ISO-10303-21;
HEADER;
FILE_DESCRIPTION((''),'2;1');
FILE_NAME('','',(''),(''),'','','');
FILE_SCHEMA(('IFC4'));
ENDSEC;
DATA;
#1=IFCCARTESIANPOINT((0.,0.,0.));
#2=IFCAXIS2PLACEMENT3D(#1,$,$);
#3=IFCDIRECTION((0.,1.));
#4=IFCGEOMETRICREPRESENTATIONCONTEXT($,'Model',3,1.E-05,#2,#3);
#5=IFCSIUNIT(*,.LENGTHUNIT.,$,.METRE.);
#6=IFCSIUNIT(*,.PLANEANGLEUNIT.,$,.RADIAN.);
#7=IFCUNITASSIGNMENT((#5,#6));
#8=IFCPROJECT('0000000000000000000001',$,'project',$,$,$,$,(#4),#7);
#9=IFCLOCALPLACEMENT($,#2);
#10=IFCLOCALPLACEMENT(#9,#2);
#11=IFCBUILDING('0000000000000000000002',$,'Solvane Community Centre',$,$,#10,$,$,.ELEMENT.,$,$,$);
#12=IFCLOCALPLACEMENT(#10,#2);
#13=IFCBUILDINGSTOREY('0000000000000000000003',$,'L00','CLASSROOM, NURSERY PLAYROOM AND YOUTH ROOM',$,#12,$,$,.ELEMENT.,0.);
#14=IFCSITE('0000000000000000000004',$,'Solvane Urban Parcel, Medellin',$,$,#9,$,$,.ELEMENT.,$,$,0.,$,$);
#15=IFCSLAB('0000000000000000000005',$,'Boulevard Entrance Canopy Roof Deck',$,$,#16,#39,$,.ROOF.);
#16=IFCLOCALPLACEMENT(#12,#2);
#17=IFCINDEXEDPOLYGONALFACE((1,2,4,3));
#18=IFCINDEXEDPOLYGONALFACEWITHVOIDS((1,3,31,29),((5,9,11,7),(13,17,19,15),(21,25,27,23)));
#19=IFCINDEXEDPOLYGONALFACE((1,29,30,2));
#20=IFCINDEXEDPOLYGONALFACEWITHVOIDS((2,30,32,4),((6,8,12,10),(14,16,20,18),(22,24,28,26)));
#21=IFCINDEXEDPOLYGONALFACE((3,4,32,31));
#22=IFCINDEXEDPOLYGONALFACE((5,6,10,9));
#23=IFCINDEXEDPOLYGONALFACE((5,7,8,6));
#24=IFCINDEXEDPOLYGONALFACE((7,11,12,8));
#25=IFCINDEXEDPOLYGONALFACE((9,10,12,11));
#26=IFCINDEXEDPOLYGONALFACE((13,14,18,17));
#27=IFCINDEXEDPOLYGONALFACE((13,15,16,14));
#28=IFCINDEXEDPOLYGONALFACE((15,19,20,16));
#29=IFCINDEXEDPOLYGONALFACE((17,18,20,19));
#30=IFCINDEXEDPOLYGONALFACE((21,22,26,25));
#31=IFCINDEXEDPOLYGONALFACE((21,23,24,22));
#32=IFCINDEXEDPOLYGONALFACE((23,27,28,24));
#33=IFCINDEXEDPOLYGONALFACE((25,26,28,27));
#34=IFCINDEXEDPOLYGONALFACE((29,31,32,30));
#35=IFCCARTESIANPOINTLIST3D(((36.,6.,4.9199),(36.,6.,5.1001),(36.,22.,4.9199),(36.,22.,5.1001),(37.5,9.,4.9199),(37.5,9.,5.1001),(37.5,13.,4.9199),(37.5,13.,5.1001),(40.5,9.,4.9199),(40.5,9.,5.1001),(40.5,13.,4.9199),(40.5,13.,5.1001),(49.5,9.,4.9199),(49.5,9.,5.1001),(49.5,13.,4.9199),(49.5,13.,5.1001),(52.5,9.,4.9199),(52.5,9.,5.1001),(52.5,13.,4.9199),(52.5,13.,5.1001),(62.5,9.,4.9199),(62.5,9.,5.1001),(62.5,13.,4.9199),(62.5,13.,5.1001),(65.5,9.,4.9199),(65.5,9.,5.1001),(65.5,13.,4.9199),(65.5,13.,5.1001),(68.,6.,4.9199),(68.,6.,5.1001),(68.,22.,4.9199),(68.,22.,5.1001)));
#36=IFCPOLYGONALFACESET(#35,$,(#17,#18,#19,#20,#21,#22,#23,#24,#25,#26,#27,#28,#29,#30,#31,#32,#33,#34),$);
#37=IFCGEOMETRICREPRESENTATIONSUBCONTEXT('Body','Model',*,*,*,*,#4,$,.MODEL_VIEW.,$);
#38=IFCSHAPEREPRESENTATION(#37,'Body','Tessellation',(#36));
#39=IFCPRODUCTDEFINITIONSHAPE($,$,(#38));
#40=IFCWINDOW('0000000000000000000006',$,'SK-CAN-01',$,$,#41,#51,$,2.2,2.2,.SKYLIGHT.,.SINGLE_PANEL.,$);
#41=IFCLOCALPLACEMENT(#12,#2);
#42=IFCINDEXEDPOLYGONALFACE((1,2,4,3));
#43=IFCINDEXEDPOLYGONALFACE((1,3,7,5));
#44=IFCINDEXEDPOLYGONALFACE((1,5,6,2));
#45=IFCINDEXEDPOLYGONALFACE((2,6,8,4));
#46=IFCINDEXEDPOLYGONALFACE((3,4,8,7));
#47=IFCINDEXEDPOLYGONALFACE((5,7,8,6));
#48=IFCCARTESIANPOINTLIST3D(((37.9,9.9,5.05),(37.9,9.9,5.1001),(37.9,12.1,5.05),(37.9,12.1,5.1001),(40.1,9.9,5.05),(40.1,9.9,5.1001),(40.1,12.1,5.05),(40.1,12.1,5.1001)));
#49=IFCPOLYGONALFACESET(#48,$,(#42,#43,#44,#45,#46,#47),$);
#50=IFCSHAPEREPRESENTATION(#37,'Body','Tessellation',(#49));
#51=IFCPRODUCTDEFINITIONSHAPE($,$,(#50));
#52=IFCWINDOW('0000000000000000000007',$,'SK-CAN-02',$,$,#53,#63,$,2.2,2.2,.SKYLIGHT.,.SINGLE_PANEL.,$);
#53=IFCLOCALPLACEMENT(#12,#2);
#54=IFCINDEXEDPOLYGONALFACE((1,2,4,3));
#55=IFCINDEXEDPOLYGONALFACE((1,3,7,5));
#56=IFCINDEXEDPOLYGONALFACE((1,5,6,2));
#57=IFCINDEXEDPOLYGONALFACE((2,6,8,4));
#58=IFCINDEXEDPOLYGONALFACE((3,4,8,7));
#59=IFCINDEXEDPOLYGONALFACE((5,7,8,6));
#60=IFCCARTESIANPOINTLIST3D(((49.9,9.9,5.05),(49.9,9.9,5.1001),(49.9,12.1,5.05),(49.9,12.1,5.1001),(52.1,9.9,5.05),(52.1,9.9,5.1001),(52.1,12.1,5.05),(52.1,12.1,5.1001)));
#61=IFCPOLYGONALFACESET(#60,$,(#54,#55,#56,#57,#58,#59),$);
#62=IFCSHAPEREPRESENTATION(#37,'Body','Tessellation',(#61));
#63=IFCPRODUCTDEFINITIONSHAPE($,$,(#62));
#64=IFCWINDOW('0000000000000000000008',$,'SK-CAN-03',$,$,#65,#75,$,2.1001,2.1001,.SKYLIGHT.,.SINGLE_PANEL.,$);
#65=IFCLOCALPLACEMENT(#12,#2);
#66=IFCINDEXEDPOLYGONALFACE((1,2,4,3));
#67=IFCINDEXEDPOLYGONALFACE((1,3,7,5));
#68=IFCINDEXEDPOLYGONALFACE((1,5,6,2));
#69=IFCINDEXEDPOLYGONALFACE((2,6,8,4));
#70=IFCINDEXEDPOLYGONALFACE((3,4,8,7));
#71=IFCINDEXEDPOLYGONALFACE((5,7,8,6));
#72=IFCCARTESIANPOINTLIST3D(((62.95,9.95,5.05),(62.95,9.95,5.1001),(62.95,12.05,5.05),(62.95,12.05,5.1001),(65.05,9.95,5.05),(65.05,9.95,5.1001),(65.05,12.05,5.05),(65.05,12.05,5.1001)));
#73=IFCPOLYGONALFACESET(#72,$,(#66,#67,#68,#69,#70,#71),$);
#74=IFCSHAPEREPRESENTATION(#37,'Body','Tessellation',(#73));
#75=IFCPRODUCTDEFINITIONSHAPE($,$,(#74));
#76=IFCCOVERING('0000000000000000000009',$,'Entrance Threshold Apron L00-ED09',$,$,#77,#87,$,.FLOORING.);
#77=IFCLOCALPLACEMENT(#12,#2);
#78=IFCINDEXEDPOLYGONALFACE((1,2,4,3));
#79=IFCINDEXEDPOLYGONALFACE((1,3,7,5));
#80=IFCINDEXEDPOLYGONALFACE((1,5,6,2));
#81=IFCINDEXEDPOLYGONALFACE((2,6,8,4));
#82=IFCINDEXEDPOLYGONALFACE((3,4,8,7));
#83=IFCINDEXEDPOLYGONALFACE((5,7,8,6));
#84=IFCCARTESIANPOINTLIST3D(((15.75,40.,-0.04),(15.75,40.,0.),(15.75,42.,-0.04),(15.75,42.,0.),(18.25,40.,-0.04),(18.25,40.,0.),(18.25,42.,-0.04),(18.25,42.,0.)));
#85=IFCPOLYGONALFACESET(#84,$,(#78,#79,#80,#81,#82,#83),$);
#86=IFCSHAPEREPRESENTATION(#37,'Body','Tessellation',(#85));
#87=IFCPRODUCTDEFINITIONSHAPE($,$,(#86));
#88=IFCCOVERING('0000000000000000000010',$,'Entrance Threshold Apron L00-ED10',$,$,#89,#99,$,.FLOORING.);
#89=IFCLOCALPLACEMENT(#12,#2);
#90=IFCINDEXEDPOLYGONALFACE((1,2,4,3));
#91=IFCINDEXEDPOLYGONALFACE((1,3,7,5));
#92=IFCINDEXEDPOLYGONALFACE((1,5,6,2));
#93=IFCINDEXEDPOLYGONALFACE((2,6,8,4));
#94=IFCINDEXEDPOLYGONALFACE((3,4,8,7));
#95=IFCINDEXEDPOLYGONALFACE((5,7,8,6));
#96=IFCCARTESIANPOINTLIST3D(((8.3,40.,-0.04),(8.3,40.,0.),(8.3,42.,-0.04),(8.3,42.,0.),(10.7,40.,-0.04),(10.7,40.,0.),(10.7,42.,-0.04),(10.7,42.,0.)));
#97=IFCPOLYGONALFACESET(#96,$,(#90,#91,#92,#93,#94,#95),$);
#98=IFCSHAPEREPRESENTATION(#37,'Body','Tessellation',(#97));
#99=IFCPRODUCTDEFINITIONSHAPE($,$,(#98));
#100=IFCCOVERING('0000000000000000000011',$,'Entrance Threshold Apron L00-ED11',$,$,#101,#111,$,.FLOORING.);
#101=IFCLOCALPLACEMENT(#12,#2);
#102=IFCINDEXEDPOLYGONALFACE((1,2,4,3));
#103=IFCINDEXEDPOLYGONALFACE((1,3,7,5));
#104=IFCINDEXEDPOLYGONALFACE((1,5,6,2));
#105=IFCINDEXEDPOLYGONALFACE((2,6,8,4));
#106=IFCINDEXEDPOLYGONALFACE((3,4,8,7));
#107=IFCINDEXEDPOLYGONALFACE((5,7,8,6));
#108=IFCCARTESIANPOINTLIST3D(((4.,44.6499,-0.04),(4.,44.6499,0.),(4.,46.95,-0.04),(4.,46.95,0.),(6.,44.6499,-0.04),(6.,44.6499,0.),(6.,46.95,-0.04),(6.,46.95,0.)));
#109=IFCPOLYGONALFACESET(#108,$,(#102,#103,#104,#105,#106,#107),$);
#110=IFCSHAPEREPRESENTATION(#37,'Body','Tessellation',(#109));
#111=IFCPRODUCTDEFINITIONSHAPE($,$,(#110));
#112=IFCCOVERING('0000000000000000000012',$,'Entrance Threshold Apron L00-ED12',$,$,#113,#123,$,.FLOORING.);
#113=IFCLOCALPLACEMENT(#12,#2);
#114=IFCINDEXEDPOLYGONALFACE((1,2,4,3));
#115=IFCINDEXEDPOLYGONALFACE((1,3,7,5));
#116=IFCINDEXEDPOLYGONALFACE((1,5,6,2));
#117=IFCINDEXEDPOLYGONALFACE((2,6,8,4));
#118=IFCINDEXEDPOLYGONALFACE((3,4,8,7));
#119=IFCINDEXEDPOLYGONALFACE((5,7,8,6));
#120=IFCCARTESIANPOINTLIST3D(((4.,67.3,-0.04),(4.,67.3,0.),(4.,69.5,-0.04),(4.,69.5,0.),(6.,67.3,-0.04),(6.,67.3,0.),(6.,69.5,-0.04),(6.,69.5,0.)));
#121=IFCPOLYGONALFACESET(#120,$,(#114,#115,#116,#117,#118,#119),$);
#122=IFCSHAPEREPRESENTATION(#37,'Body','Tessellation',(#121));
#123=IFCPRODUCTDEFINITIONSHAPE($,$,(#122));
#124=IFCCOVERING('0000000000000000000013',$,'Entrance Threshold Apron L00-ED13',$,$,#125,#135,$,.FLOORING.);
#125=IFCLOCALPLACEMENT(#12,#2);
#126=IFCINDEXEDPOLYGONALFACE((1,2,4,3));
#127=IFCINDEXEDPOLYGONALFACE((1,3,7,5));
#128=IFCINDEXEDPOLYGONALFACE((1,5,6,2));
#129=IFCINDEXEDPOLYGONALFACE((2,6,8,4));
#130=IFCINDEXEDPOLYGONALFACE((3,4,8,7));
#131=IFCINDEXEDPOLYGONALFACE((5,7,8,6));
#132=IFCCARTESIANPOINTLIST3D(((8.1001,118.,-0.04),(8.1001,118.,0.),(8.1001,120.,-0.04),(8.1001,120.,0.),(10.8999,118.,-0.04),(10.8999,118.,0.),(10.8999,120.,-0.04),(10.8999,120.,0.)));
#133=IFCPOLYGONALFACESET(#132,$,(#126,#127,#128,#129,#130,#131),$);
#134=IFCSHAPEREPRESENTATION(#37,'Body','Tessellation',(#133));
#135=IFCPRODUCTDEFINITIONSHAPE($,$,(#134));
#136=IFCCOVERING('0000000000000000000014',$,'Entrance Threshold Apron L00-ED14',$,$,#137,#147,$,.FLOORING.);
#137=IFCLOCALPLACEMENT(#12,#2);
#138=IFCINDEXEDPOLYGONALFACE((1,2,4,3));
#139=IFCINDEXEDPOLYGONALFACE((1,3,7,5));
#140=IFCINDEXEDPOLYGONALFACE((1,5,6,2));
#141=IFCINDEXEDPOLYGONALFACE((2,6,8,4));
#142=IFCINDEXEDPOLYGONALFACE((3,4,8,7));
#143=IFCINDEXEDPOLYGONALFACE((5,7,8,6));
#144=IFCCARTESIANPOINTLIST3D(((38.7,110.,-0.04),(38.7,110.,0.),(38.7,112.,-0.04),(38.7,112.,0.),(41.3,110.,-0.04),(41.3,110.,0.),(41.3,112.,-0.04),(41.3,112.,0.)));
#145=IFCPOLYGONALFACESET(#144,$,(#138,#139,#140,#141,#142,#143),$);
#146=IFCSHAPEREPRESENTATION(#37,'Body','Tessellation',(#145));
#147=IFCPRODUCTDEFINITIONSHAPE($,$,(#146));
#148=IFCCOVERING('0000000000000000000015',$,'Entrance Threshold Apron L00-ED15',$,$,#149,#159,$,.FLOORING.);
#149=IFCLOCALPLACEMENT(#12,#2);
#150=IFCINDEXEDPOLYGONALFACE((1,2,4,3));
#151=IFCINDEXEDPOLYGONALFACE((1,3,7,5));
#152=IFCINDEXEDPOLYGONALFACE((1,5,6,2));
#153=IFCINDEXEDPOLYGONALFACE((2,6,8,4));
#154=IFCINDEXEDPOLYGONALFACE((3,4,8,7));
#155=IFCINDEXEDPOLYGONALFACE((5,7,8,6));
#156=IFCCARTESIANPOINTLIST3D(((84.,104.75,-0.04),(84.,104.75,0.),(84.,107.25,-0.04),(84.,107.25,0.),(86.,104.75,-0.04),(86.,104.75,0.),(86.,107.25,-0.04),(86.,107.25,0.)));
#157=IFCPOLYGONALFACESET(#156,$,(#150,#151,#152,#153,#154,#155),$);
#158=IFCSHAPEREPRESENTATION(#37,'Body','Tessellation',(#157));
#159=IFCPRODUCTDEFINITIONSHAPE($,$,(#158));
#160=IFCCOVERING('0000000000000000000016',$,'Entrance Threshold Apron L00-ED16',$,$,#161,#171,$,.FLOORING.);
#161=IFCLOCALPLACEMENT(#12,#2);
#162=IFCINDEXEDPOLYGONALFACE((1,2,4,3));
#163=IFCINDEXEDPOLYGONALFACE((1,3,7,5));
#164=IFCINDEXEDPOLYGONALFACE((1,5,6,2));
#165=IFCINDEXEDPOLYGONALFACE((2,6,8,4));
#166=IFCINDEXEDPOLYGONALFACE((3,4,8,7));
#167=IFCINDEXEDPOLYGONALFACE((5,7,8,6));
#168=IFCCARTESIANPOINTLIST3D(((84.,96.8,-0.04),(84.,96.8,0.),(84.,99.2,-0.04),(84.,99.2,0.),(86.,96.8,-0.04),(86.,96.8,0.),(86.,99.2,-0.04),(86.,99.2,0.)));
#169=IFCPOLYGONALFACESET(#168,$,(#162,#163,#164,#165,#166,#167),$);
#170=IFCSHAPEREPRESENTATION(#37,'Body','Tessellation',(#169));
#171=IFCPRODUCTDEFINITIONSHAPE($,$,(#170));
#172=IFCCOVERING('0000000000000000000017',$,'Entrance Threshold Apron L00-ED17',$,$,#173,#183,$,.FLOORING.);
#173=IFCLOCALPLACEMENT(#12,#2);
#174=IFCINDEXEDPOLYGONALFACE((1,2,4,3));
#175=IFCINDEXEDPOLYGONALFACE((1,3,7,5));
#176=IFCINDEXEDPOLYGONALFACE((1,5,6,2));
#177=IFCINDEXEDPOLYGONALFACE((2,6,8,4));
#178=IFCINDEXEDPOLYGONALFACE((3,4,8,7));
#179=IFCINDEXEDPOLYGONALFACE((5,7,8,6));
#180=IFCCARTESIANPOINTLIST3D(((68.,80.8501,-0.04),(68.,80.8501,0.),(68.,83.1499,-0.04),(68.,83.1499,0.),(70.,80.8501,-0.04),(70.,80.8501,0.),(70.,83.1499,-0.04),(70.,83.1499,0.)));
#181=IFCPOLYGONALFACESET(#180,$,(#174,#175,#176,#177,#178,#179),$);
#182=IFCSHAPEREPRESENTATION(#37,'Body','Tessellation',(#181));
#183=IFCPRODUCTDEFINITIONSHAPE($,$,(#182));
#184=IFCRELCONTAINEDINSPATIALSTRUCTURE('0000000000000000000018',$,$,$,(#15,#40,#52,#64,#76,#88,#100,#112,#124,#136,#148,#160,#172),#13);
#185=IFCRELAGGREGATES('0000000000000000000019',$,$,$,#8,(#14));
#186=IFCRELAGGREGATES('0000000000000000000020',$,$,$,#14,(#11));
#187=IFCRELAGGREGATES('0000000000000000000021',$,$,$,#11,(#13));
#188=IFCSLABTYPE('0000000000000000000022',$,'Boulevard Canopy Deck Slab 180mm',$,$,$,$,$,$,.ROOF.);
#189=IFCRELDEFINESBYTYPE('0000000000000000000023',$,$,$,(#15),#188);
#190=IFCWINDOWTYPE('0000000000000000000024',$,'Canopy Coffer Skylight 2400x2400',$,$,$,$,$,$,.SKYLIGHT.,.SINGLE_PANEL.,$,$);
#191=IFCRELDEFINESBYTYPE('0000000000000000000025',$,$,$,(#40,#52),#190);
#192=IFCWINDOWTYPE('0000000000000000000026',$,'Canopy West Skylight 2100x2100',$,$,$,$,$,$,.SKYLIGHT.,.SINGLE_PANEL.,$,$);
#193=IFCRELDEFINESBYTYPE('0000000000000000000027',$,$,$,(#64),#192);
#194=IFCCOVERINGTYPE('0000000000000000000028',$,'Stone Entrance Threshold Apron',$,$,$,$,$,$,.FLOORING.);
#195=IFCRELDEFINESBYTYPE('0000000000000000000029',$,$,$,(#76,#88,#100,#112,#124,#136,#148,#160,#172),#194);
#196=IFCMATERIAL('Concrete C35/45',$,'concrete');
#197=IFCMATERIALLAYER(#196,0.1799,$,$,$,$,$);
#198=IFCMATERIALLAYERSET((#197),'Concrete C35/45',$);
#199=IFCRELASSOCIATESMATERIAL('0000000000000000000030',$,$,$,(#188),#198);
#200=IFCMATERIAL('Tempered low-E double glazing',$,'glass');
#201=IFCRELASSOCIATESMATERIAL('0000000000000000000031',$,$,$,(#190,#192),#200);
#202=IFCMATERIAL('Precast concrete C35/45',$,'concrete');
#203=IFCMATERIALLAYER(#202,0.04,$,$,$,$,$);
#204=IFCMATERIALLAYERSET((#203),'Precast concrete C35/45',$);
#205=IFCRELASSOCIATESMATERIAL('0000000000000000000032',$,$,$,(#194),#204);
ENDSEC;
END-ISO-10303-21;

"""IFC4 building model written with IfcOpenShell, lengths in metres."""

from ifc_helpers import new_model, si_unit, direction, frame, origin, origin_2d, place, context, subcontext, project, spatial, polyline, rectangle, outline, extrude, material, layer, layer_set, type_object, element, fill, save


model = new_model("IFC4")

# Units and contexts
model_context = context("Model", 3, precision=1e-05, world=origin(), true_north=direction((0.0, 1.0)))
body_context = subcontext(model_context, "Body", "Model", "MODEL_VIEW")
ifc_project = project(units=[si_unit("LENGTHUNIT", "METRE"), si_unit("PLANEANGLEUNIT", "RADIAN")], contexts=[model_context])

# Site, building, storey
site_placement = place(None, origin())
site = spatial("IfcSite", under=ifc_project, at=site_placement, Name="Solvane Urban Parcel, Medellin", CompositionType="ELEMENT", RefElevation=0.0)
building_placement = place(site_placement, origin())
building = spatial("IfcBuilding", under=site, at=building_placement, Name="Solvane Community Centre", CompositionType="ELEMENT")
storey_placement = place(building_placement, origin())
storey = spatial("IfcBuildingStorey", under=building, at=storey_placement, Name="L00", Description="CLASSROOM, NURSERY PLAYROOM AND YOUTH ROOM", CompositionType="ELEMENT", Elevation=0.0)

# Slab, openings, windows
ifc_material_1 = material(Name="Concrete C35/45", Category="concrete")
ifc_layer_1 = layer(ifc_material_1, 0.1799)
ifc_layer_set_1 = layer_set([ifc_layer_1], Name="Concrete C35/45")
slab_type = type_object("IfcSlabType", Name="Boulevard Canopy Deck Slab 180mm", PredefinedType="ROOF", material=ifc_layer_set_1)
slab_placement = place(storey_placement, frame((0.0, 0.0, 4.9199)))
slab = element("IfcSlab", 1, at=slab_placement, inside=storey, type_object=slab_type, Name="Boulevard Entrance Canopy Roof Deck", PredefinedType="ROOF", context=body_context, shape_type="SweptSolid", body=[
    extrude(outline(polyline([(36.0, 6.0), (68.0, 6.0), (68.0, 22.0), (36.0, 22.0), (36.0, 6.0)]), holes=[polyline([(37.5, 9.0), (40.5, 9.0), (40.5, 13.0), (37.5, 13.0), (37.5, 9.0)]), polyline([(49.5, 9.0), (52.5, 9.0), (52.5, 13.0), (49.5, 13.0), (49.5, 9.0)]), polyline([(62.5, 9.0), (65.5, 9.0), (65.5, 13.0), (62.5, 13.0), (62.5, 9.0)])]), origin(), (0.0, 0.0, 1.0), 0.1802),
])
opening_1_placement = place(slab_placement, frame((39.0, 11.0, 0.0)))
opening_1 = element("IfcOpeningElement", 2, at=opening_1_placement, cuts=slab, PredefinedType="OPENING", context=body_context, shape_type="SweptSolid", body=[
    extrude(rectangle(XDim=2.2, YDim=2.2, at=origin_2d()), origin(), (0.0, 0.0, 1.0), 0.1802),
])
opening_2_placement = place(slab_placement, frame((51.0, 11.0, 0.0)))
opening_2 = element("IfcOpeningElement", 3, at=opening_2_placement, cuts=slab, PredefinedType="OPENING", context=body_context, shape_type="SweptSolid", body=[
    extrude(rectangle(XDim=2.2, YDim=2.2, at=origin_2d()), origin(), (0.0, 0.0, 1.0), 0.1802),
])
opening_3_placement = place(slab_placement, frame((64.0, 11.0, 0.0)))
opening_3 = element("IfcOpeningElement", 4, at=opening_3_placement, cuts=slab, PredefinedType="OPENING", context=body_context, shape_type="SweptSolid", body=[
    extrude(rectangle(XDim=2.1001, YDim=2.1001, at=origin_2d()), origin(), (0.0, 0.0, 1.0), 0.1802),
])
ifc_material_2 = material(Name="Tempered low-E double glazing", Category="glass")
window_type_1 = type_object("IfcWindowType", Name="Canopy Coffer Skylight 2400x2400", PartitioningType="SINGLE_PANEL", PredefinedType="SKYLIGHT", material=ifc_material_2)
window_1_placement = place(opening_1_placement, frame((0.0, 0.0, 0.1301)))
window_1 = element("IfcWindow", 5, at=window_1_placement, inside=storey, type_object=window_type_1, Name="SK-CAN-01", OverallHeight=2.2, OverallWidth=2.2, PartitioningType="SINGLE_PANEL", PredefinedType="SKYLIGHT", context=body_context, shape_type="SweptSolid", body=[
    extrude(rectangle(XDim=2.2, YDim=2.2, at=origin_2d()), origin(), (0.0, 0.0, 1.0), 0.05),
])
fill(opening_1, window_1)
window_2_placement = place(opening_2_placement, frame((0.0, 0.0, 0.1301)))
window_2 = element("IfcWindow", 6, at=window_2_placement, inside=storey, type_object=window_type_1, Name="SK-CAN-02", OverallHeight=2.2, OverallWidth=2.2, PartitioningType="SINGLE_PANEL", PredefinedType="SKYLIGHT", context=body_context, shape_type="SweptSolid", body=[
    extrude(rectangle(XDim=2.2, YDim=2.2, at=origin_2d()), origin(), (0.0, 0.0, 1.0), 0.05),
])
fill(opening_2, window_2)
window_type_2 = type_object("IfcWindowType", Name="Canopy West Skylight 2100x2100", PartitioningType="SINGLE_PANEL", PredefinedType="SKYLIGHT", material=ifc_material_2)
window_3_placement = place(opening_3_placement, frame((0.0, 0.0, 0.1301)))
window_3 = element("IfcWindow", 7, at=window_3_placement, inside=storey, type_object=window_type_2, Name="SK-CAN-03", OverallHeight=2.1001, OverallWidth=2.1001, PartitioningType="SINGLE_PANEL", PredefinedType="SKYLIGHT", context=body_context, shape_type="SweptSolid", body=[
    extrude(rectangle(XDim=2.1001, YDim=2.1001, at=origin_2d()), origin(), (0.0, 0.0, 1.0), 0.05),
])
fill(opening_3, window_3)

# Coverings
ifc_material_3 = material(Name="Precast concrete C35/45", Category="concrete")
ifc_layer_2 = layer(ifc_material_3, 0.04)
ifc_layer_set_2 = layer_set([ifc_layer_2], Name="Precast concrete C35/45")
covering_type = type_object("IfcCoveringType", Name="Stone Entrance Threshold Apron", PredefinedType="FLOORING", material=ifc_layer_set_2)
covering_1_placement = place(storey_placement, frame((0.0, 0.0, -0.04)))
element("IfcCovering", 8, at=covering_1_placement, inside=storey, type_object=covering_type, Name="Entrance Threshold Apron L00-ED09", PredefinedType="FLOORING", context=body_context, shape_type="SweptSolid", body=[
    extrude(outline(polyline([(18.25, 42.0), (15.75, 42.0), (15.75, 40.0), (18.25, 40.0), (18.25, 42.0)])), origin(), (0.0, 0.0, 1.0), 0.04),
])
covering_2_placement = place(storey_placement, frame((0.0, 0.0, -0.04)))
element("IfcCovering", 9, at=covering_2_placement, inside=storey, type_object=covering_type, Name="Entrance Threshold Apron L00-ED10", PredefinedType="FLOORING", context=body_context, shape_type="SweptSolid", body=[
    extrude(outline(polyline([(10.7, 42.0), (8.3, 42.0), (8.3, 40.0), (10.7, 40.0), (10.7, 42.0)])), origin(), (0.0, 0.0, 1.0), 0.04),
])
covering_3_placement = place(storey_placement, frame((0.0, 0.0, -0.04)))
element("IfcCovering", 10, at=covering_3_placement, inside=storey, type_object=covering_type, Name="Entrance Threshold Apron L00-ED11", PredefinedType="FLOORING", context=body_context, shape_type="SweptSolid", body=[
    extrude(outline(polyline([(6.0, 44.6499), (6.0, 46.95), (4.0, 46.95), (4.0, 44.6499), (6.0, 44.6499)])), origin(), (0.0, 0.0, 1.0), 0.04),
])
covering_4_placement = place(storey_placement, frame((0.0, 0.0, -0.04)))
element("IfcCovering", 11, at=covering_4_placement, inside=storey, type_object=covering_type, Name="Entrance Threshold Apron L00-ED12", PredefinedType="FLOORING", context=body_context, shape_type="SweptSolid", body=[
    extrude(outline(polyline([(6.0, 67.3), (6.0, 69.5), (4.0, 69.5), (4.0, 67.3), (6.0, 67.3)])), origin(), (0.0, 0.0, 1.0), 0.04),
])
covering_5_placement = place(storey_placement, frame((0.0, 0.0, -0.04)))
element("IfcCovering", 12, at=covering_5_placement, inside=storey, type_object=covering_type, Name="Entrance Threshold Apron L00-ED13", PredefinedType="FLOORING", context=body_context, shape_type="SweptSolid", body=[
    extrude(outline(polyline([(8.1001, 118.0), (10.8999, 118.0), (10.8999, 120.0), (8.1001, 120.0), (8.1001, 118.0)])), origin(), (0.0, 0.0, 1.0), 0.04),
])
covering_6_placement = place(storey_placement, frame((0.0, 0.0, -0.04)))
element("IfcCovering", 13, at=covering_6_placement, inside=storey, type_object=covering_type, Name="Entrance Threshold Apron L00-ED14", PredefinedType="FLOORING", context=body_context, shape_type="SweptSolid", body=[
    extrude(outline(polyline([(38.7, 110.0), (41.3, 110.0), (41.3, 112.0), (38.7, 112.0), (38.7, 110.0)])), origin(), (0.0, 0.0, 1.0), 0.04),
])
covering_7_placement = place(storey_placement, frame((0.0, 0.0, -0.04)))
element("IfcCovering", 14, at=covering_7_placement, inside=storey, type_object=covering_type, Name="Entrance Threshold Apron L00-ED15", PredefinedType="FLOORING", context=body_context, shape_type="SweptSolid", body=[
    extrude(outline(polyline([(84.0, 107.25), (84.0, 104.75), (86.0, 104.75), (86.0, 107.25), (84.0, 107.25)])), origin(), (0.0, 0.0, 1.0), 0.04),
])
covering_8_placement = place(storey_placement, frame((0.0, 0.0, -0.04)))
element("IfcCovering", 15, at=covering_8_placement, inside=storey, type_object=covering_type, Name="Entrance Threshold Apron L00-ED16", PredefinedType="FLOORING", context=body_context, shape_type="SweptSolid", body=[
    extrude(outline(polyline([(84.0, 99.2), (84.0, 96.8), (86.0, 96.8), (86.0, 99.2), (84.0, 99.2)])), origin(), (0.0, 0.0, 1.0), 0.04),
])
covering_9_placement = place(storey_placement, frame((0.0, 0.0, -0.04)))
element("IfcCovering", 16, at=covering_9_placement, inside=storey, type_object=covering_type, Name="Entrance Threshold Apron L00-ED17", PredefinedType="FLOORING", context=body_context, shape_type="SweptSolid", body=[
    extrude(outline(polyline([(68.0, 83.1499), (68.0, 80.8501), (70.0, 80.8501), (70.0, 83.1499), (68.0, 83.1499)])), origin(), (0.0, 0.0, 1.0), 0.04),
])

save(model, "model.ifc")
